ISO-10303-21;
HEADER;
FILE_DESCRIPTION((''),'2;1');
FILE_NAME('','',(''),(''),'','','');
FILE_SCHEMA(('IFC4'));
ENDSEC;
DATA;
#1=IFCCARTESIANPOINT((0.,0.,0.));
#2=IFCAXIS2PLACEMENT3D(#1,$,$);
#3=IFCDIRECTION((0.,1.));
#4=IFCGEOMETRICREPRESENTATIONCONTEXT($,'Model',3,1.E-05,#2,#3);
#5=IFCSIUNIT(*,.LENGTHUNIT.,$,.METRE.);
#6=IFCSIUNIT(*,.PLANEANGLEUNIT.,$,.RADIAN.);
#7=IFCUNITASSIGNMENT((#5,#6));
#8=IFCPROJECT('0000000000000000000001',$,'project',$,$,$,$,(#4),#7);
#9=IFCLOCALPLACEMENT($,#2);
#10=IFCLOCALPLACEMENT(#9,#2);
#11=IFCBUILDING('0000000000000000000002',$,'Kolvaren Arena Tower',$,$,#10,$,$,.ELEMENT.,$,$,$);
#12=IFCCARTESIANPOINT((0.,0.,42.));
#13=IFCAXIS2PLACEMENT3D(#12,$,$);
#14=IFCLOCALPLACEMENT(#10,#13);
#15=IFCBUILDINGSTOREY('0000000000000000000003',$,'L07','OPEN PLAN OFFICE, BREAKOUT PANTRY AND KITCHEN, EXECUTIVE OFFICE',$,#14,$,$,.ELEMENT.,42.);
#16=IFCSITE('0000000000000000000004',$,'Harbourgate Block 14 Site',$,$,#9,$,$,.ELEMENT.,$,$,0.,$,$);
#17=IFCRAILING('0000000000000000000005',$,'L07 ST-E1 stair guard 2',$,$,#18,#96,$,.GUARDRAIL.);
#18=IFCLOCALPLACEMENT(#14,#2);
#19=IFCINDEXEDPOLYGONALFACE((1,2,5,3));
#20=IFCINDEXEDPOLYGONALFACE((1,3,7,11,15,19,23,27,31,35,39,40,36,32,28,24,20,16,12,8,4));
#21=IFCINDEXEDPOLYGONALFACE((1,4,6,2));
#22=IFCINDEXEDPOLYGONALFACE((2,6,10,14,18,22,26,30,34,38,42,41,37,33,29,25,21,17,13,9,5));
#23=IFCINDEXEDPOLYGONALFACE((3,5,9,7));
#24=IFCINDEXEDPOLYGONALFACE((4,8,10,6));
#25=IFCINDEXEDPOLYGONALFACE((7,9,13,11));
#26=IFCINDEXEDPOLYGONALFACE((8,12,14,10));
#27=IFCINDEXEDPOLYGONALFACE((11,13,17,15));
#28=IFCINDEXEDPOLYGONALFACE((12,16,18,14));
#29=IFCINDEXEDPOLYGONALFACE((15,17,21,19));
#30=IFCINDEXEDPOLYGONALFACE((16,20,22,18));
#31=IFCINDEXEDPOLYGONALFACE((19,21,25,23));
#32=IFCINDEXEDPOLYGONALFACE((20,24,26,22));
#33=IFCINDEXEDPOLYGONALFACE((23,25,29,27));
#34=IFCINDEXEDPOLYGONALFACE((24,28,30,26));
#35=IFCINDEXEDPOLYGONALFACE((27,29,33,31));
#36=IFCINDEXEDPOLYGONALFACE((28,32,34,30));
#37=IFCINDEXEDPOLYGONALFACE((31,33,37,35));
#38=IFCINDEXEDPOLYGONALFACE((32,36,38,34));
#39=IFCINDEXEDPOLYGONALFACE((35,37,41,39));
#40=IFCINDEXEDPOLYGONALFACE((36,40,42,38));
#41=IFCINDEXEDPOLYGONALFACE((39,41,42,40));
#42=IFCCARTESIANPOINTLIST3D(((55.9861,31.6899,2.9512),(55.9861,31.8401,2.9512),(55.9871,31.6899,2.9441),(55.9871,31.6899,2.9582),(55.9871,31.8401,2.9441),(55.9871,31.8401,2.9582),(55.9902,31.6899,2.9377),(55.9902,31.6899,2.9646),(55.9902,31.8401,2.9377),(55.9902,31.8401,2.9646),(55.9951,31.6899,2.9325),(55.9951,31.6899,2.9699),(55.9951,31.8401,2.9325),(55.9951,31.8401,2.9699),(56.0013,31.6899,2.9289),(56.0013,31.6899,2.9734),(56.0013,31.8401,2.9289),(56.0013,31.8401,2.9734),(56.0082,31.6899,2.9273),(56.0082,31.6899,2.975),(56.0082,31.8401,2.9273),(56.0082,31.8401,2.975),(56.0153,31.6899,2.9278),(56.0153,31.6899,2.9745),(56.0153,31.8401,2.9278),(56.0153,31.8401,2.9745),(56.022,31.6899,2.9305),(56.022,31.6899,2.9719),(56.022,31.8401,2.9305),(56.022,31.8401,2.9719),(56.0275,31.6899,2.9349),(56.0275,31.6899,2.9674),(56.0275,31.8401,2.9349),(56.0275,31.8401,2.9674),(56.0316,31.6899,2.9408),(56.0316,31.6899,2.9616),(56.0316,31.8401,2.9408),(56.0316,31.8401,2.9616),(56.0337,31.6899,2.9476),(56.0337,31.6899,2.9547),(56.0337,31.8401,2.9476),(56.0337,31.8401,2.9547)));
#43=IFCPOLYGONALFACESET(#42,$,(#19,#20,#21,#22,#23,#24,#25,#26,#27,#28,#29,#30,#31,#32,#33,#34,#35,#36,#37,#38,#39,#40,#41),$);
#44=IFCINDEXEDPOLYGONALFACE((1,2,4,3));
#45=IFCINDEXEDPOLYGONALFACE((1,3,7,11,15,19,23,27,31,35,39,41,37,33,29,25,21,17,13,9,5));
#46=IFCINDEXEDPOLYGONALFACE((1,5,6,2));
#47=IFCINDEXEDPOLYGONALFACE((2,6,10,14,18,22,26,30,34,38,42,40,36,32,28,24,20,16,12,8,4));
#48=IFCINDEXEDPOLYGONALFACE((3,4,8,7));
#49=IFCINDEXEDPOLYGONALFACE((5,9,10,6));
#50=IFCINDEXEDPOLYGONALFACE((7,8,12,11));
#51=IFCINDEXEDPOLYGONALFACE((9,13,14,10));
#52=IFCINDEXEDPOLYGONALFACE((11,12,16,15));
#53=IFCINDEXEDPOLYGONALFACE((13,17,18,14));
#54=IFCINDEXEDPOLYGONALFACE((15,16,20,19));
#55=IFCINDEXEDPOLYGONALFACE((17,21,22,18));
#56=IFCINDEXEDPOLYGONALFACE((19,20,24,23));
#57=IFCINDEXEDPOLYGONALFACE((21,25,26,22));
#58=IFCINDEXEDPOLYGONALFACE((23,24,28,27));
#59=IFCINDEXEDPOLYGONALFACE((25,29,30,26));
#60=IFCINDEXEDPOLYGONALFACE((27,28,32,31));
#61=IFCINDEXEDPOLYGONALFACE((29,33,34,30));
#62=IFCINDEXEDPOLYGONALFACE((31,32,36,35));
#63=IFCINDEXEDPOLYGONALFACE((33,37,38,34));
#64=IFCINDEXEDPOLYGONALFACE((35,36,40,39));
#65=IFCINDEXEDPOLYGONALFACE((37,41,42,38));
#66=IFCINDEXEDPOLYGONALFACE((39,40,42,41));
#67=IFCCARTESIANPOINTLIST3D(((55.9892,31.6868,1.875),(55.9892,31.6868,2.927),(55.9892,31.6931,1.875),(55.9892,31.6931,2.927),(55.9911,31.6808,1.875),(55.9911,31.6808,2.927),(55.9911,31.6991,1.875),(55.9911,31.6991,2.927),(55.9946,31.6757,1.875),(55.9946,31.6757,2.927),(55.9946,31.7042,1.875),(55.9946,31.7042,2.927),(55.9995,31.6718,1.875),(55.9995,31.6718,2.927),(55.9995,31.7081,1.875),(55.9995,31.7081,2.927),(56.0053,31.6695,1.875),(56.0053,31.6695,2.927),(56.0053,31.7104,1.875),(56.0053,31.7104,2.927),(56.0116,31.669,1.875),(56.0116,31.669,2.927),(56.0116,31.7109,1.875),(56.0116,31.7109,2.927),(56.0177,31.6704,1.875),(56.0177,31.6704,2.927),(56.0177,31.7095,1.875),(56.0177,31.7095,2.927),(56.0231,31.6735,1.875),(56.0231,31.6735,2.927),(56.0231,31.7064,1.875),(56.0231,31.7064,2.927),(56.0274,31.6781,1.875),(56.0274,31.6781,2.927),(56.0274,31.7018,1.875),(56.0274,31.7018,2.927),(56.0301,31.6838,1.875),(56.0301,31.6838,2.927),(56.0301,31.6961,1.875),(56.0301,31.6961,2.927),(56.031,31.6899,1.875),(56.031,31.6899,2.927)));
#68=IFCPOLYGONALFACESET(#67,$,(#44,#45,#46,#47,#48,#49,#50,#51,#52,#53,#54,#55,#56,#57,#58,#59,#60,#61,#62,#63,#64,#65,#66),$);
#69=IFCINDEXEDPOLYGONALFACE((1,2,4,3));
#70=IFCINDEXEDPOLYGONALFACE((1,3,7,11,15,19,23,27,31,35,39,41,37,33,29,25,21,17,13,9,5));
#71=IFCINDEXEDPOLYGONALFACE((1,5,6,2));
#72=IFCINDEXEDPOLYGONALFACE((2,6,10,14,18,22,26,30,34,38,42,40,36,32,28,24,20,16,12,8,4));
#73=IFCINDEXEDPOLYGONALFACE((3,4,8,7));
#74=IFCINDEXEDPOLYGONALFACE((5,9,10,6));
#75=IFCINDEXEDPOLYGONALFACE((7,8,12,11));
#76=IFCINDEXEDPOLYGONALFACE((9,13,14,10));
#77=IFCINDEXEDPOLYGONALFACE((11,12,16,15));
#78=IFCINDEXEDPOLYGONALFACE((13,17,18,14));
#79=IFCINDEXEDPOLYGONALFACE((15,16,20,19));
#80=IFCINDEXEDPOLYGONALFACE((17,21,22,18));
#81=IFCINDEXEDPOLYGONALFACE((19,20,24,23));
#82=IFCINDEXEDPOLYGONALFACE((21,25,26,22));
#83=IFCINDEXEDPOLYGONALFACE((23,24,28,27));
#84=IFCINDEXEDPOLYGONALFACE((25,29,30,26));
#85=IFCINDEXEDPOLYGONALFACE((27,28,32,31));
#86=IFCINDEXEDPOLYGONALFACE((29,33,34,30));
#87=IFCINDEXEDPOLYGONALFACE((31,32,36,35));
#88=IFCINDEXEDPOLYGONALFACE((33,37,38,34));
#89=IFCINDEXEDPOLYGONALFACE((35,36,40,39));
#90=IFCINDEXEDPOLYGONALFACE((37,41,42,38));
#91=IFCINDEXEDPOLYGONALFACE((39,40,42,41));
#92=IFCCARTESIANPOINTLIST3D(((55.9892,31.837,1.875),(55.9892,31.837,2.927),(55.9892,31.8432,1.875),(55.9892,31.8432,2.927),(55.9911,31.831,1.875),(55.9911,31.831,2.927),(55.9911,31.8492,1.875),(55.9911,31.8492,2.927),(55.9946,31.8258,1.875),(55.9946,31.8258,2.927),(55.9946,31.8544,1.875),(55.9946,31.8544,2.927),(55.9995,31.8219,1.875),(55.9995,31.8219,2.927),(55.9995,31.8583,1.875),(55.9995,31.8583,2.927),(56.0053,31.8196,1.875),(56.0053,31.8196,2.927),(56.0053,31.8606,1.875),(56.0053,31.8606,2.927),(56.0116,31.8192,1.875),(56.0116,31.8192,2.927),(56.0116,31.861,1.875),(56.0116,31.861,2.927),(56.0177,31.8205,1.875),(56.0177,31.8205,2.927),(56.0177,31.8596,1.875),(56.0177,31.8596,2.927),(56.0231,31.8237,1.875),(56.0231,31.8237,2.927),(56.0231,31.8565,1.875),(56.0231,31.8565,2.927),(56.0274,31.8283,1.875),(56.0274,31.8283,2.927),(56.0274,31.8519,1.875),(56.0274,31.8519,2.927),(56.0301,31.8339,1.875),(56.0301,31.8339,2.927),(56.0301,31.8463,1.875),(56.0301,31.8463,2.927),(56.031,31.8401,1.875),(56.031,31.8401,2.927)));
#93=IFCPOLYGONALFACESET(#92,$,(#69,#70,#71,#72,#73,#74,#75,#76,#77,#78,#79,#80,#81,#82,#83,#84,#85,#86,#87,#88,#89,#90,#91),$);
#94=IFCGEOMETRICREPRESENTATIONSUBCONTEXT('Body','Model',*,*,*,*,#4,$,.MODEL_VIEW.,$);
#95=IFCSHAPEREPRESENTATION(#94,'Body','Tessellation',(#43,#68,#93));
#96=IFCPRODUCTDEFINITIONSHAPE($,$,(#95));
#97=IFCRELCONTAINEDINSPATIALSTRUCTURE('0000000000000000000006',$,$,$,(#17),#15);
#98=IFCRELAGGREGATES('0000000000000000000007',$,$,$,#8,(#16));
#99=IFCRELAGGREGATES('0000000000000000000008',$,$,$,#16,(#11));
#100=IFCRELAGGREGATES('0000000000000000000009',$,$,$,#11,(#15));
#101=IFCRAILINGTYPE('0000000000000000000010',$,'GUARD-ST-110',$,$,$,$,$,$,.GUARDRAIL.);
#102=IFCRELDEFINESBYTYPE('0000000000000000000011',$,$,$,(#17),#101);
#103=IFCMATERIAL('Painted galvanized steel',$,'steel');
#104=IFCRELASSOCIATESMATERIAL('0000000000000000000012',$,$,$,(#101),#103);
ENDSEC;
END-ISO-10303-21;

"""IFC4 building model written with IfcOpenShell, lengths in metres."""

from ifc_helpers import new_model, si_unit, direction, frame, origin, origin_2d, place, context, subcontext, project, spatial, circle, extrude, material, type_object, element, save


model = new_model("IFC4")

# Units and contexts
model_context = context("Model", 3, precision=1e-05, world=origin(), true_north=direction((0.0, 1.0)))
body_context = subcontext(model_context, "Body", "Model", "MODEL_VIEW")
ifc_project = project(units=[si_unit("LENGTHUNIT", "METRE"), si_unit("PLANEANGLEUNIT", "RADIAN")], contexts=[model_context])

# Site, building, storey
site_placement = place(None, origin())
site = spatial("IfcSite", under=ifc_project, at=site_placement, Name="Harbourgate Block 14 Site", CompositionType="ELEMENT", RefElevation=0.0)
building_placement = place(site_placement, origin())
building = spatial("IfcBuilding", under=site, at=building_placement, Name="Kolvaren Arena Tower", CompositionType="ELEMENT")
storey_placement = place(building_placement, frame((0.0, 0.0, 42.0)))
storey = spatial("IfcBuildingStorey", under=building, at=storey_placement, Name="L07", Description="OPEN PLAN OFFICE, BREAKOUT PANTRY AND KITCHEN, EXECUTIVE OFFICE", CompositionType="ELEMENT", Elevation=42.0)

# Railing
ifc_material_1 = material(Name="Painted galvanized steel", Category="steel")
railing_type_1 = type_object("IfcRailingType", Name="GUARD-ST-110", PredefinedType="GUARDRAIL", material=ifc_material_1)
railing_1_placement = place(storey_placement, frame((56.01, 31.6899, 1.875)))
element("IfcRailing", 1, at=railing_1_placement, inside=storey, type_object=railing_type_1, Name="L07 ST-E1 stair guard 2", PredefinedType="GUARDRAIL", context=body_context, shape_type="SweptSolid", body=[
    extrude(circle(Radius=0.0239, at=origin_2d()), frame((0.0, 0.0, 1.0762), z_axis=(0.0, 1.0, 0.0), x_axis=(-1.0, 0.0, 0.0)), (0.0, 0.0, 1.0), 0.1501),
    extrude(circle(Radius=0.021, at=origin_2d()), origin(), (0.0, 0.0, 1.0), 1.052),
    extrude(circle(Radius=0.021, at=origin_2d()), frame((0.0, 0.1501, 0.0)), (0.0, 0.0, 1.0), 1.052),
])

save(model, "model.ifc")
